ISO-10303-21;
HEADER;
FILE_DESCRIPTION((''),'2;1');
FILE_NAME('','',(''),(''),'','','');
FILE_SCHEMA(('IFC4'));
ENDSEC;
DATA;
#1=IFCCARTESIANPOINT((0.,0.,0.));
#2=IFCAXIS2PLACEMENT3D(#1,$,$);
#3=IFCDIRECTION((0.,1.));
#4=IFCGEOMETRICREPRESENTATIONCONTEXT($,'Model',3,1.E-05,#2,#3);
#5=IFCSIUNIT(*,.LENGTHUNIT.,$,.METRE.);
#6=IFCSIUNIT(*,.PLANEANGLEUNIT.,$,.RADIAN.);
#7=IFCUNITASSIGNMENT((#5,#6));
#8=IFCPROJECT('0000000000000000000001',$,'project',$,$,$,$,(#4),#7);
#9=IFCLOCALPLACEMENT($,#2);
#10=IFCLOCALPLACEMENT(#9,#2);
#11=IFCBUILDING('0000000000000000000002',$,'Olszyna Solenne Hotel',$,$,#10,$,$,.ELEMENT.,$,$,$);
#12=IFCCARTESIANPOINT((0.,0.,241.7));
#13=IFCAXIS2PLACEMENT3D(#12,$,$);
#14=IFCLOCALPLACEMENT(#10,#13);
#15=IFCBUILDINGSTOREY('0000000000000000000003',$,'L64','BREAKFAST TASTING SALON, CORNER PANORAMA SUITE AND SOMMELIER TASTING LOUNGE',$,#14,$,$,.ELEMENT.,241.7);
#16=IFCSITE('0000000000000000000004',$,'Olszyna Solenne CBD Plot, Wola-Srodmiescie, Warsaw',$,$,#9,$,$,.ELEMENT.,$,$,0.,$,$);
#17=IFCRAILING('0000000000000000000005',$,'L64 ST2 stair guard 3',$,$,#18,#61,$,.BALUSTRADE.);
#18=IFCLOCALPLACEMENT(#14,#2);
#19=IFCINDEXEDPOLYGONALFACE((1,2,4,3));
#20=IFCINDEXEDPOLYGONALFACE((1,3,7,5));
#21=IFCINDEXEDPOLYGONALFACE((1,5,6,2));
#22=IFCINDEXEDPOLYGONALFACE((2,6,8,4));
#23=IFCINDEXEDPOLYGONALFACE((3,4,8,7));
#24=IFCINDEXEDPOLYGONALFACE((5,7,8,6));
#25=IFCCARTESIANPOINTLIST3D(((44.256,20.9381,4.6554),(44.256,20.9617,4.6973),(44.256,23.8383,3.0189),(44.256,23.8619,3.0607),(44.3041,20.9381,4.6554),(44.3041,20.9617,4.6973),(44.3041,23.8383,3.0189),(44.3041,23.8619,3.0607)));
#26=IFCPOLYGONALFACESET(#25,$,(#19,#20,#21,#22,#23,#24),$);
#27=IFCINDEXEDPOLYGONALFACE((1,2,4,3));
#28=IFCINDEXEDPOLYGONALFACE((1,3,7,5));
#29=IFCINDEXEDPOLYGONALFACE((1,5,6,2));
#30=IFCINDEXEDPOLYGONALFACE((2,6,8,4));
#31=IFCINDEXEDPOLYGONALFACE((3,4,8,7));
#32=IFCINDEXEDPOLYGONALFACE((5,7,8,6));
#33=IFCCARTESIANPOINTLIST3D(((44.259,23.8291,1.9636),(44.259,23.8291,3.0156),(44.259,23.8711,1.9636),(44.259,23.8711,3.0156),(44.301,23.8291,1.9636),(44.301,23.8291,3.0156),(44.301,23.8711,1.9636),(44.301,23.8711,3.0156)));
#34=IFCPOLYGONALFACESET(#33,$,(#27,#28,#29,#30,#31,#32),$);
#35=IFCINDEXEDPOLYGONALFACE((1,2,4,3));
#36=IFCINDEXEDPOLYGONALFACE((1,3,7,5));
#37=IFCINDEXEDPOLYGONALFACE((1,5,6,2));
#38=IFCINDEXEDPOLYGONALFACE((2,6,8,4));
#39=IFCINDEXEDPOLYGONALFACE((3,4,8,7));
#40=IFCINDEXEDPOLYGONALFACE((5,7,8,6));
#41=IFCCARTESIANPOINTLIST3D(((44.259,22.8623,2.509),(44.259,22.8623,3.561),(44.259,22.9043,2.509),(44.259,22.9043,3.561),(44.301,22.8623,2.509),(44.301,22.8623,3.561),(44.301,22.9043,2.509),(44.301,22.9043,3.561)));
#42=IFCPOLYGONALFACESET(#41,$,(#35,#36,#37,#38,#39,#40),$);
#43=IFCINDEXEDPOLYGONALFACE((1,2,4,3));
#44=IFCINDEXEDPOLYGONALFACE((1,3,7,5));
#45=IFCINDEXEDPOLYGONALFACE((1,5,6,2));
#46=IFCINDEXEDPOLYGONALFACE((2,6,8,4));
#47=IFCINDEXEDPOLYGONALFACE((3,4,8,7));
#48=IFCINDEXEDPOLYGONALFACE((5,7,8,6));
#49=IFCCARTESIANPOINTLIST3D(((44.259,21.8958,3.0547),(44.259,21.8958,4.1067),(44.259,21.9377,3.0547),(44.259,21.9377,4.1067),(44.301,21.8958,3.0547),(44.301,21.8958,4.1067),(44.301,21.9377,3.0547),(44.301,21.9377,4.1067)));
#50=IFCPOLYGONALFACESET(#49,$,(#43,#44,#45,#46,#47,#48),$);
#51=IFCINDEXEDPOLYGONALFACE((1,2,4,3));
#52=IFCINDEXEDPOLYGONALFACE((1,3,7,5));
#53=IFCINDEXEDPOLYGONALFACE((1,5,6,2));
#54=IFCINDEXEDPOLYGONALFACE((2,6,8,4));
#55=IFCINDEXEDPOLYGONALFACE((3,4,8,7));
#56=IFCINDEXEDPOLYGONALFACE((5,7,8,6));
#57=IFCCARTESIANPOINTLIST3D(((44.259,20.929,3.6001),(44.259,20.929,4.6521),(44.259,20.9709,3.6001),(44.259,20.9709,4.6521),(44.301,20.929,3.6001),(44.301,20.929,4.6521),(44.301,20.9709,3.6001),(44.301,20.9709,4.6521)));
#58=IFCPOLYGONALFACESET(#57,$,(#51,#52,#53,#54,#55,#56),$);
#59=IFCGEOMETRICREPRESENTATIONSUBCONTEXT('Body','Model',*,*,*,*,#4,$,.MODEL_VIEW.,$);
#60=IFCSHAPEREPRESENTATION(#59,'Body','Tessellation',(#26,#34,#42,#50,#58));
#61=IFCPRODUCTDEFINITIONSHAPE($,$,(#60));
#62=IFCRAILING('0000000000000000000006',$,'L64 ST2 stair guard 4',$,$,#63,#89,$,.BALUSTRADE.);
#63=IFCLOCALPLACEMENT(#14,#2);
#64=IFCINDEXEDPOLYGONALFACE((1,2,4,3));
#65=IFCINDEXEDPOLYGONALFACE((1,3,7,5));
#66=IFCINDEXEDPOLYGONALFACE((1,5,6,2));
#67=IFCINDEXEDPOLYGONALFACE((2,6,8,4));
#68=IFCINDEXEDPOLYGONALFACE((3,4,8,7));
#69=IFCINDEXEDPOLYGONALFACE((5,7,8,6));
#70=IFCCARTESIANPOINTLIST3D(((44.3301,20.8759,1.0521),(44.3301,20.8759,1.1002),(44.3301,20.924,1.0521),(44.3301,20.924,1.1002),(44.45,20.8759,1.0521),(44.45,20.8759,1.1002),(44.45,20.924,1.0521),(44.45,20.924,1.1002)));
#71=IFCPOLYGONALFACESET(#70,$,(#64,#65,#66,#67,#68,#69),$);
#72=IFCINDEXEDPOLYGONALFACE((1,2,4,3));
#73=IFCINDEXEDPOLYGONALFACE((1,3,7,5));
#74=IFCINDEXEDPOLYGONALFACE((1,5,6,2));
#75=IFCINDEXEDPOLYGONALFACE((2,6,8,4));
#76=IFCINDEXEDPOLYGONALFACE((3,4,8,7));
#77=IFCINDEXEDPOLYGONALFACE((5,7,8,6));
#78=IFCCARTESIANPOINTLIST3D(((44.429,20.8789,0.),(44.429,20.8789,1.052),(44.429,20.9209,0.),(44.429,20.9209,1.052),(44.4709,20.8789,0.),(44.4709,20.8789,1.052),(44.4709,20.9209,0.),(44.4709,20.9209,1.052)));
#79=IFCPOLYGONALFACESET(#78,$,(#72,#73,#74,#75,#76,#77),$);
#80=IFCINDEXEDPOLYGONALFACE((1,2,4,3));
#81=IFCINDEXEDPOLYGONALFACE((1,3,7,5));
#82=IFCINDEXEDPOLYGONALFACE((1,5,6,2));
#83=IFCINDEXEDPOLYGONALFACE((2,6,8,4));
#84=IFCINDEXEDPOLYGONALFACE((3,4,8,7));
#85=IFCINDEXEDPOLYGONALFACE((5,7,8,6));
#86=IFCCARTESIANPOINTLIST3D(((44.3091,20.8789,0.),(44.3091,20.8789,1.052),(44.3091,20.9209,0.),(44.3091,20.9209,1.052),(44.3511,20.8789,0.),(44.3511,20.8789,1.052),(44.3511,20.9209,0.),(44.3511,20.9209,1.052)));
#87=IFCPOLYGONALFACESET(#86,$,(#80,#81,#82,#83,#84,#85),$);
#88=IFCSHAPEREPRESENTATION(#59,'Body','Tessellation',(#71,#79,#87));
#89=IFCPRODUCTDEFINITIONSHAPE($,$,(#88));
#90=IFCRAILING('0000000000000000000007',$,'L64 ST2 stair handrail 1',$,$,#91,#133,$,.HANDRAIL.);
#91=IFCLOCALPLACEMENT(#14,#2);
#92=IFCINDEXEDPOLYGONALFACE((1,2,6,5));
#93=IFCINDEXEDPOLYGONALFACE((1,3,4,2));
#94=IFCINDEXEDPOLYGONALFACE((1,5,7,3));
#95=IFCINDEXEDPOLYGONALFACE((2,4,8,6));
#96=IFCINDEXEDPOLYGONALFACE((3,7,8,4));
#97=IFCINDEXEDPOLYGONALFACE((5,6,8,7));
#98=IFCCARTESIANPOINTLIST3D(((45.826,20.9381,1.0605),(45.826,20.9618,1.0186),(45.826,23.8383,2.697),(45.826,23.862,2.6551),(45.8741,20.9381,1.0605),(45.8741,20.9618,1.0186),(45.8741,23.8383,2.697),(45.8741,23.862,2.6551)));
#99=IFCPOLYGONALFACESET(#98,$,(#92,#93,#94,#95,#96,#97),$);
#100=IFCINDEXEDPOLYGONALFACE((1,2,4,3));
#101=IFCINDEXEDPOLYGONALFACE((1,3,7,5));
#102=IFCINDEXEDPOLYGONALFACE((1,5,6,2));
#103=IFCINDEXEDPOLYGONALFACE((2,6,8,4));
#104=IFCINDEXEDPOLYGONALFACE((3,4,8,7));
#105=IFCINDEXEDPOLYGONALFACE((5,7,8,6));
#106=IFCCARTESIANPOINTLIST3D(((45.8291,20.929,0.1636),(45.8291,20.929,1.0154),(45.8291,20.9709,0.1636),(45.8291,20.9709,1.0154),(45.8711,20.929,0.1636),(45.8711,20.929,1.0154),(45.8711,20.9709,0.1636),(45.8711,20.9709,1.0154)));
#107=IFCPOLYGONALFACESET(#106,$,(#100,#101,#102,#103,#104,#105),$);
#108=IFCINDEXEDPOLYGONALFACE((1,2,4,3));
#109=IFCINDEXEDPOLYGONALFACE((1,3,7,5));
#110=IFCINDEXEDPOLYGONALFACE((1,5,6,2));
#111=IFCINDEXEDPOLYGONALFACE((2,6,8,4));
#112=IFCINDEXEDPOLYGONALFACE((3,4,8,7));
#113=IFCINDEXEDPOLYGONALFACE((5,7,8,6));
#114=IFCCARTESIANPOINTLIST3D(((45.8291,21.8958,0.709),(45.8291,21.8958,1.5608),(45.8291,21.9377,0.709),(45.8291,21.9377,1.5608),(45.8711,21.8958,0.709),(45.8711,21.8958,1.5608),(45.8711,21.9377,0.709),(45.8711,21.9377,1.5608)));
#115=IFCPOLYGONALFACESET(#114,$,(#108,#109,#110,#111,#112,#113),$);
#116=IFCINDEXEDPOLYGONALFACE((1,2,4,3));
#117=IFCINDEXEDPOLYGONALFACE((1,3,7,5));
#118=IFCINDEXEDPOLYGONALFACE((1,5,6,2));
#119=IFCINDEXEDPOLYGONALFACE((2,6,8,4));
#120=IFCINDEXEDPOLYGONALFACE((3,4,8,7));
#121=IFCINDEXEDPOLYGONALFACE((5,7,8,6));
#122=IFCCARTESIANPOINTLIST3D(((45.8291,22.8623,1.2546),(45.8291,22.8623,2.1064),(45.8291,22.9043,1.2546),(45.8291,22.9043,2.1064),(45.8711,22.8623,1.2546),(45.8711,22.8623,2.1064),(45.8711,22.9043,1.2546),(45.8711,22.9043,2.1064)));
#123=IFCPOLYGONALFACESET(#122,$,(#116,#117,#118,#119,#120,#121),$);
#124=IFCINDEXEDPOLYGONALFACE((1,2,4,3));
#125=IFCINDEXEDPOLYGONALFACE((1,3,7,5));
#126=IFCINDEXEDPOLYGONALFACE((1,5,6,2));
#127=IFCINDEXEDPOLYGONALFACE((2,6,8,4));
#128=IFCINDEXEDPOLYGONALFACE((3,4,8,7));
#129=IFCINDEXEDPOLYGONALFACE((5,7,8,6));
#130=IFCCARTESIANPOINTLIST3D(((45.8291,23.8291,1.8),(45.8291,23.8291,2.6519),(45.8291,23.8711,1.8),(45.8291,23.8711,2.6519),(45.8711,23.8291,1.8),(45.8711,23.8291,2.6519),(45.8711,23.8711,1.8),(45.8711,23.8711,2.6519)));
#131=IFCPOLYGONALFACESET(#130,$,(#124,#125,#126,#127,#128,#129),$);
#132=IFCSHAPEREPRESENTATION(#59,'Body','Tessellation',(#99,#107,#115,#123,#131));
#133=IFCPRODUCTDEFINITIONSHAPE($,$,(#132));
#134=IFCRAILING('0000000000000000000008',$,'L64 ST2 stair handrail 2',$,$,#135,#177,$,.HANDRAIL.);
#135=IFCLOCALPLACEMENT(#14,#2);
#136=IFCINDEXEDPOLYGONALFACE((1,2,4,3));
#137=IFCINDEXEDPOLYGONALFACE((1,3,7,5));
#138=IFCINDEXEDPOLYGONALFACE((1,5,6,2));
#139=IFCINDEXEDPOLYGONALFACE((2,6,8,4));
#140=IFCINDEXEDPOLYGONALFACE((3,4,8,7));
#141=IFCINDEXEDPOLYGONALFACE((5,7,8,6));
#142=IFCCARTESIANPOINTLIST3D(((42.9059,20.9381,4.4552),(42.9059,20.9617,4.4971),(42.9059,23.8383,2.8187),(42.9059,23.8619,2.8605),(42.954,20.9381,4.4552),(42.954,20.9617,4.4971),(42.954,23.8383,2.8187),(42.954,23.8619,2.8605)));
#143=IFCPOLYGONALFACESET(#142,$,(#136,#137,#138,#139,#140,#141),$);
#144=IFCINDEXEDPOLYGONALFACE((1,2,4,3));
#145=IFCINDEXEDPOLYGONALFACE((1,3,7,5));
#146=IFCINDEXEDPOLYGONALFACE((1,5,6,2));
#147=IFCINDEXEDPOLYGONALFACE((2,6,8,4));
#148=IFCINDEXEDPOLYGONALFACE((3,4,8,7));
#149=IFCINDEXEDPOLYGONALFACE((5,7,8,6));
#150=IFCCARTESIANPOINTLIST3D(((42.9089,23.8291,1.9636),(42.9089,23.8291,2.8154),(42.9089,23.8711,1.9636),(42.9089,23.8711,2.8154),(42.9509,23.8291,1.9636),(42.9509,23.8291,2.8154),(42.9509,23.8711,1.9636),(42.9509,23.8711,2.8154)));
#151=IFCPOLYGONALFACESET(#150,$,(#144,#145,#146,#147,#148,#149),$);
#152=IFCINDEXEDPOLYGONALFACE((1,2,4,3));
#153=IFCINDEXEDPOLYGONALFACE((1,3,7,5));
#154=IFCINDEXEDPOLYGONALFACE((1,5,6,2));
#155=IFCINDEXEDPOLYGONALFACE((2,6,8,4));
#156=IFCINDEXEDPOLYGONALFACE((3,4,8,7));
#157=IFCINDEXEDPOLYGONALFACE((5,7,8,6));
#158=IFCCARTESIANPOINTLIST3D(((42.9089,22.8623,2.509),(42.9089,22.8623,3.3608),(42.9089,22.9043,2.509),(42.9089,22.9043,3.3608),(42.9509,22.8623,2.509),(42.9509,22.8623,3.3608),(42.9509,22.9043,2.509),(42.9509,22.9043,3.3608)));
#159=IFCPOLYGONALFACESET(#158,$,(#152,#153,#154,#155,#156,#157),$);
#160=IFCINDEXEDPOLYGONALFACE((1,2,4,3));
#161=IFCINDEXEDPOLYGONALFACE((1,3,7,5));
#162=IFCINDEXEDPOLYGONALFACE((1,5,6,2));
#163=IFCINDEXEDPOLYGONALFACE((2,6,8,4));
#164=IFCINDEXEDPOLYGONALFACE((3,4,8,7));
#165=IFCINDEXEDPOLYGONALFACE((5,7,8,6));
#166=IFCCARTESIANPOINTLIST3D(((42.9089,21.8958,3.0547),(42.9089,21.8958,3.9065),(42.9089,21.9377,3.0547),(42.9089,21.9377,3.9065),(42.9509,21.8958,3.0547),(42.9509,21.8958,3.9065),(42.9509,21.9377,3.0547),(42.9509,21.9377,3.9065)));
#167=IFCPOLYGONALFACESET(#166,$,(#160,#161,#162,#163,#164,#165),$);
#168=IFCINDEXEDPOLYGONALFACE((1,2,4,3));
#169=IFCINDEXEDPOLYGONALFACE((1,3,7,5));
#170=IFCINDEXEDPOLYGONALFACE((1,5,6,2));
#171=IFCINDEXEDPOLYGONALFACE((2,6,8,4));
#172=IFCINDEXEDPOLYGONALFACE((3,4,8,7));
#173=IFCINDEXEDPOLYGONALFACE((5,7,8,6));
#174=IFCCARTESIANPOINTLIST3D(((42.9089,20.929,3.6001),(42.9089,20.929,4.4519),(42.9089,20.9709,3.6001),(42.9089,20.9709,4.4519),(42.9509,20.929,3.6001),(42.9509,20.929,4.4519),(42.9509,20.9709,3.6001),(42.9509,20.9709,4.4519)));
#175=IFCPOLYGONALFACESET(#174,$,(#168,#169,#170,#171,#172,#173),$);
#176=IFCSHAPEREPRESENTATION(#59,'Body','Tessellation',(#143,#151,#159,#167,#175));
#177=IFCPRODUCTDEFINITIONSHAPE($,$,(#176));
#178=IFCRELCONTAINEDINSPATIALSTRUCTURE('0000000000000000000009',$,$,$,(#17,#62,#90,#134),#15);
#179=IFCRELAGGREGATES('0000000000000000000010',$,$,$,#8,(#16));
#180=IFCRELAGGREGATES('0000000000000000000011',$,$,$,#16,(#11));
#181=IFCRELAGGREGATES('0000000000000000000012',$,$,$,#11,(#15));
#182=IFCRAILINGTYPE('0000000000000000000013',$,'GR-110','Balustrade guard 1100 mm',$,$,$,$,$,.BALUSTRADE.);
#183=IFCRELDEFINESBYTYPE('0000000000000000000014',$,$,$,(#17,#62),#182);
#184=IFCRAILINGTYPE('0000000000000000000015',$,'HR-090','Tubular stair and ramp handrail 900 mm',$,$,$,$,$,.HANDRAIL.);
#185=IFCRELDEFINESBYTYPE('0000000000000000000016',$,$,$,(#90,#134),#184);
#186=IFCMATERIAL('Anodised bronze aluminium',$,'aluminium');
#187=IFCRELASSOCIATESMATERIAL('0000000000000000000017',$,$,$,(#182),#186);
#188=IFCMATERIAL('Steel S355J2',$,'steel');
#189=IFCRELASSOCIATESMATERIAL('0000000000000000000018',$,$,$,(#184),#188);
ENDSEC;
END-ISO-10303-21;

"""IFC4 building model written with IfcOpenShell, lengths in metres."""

from ifc_helpers import new_model, si_unit, direction, frame, origin, origin_2d, place, context, subcontext, project, spatial, rectangle, extrude, material, type_object, element, save


model = new_model("IFC4")

# Units and contexts
model_context = context("Model", 3, precision=1e-05, world=origin(), true_north=direction((0.0, 1.0)))
body_context = subcontext(model_context, "Body", "Model", "MODEL_VIEW")
ifc_project = project(units=[si_unit("LENGTHUNIT", "METRE"), si_unit("PLANEANGLEUNIT", "RADIAN")], contexts=[model_context])

# Site, building, storey
site_placement = place(None, origin())
site = spatial("IfcSite", under=ifc_project, at=site_placement, Name="Olszyna Solenne CBD Plot, Wola-Srodmiescie, Warsaw", CompositionType="ELEMENT", RefElevation=0.0)
building_placement = place(site_placement, origin())
building = spatial("IfcBuilding", under=site, at=building_placement, Name="Olszyna Solenne Hotel", CompositionType="ELEMENT")
storey_placement = place(building_placement, frame((0.0, 0.0, 241.7)))
storey = spatial("IfcBuildingStorey", under=building, at=storey_placement, Name="L64", Description="BREAKFAST TASTING SALON, CORNER PANORAMA SUITE AND SOMMELIER TASTING LOUNGE", CompositionType="ELEMENT", Elevation=241.7)

# Shared definitions
ifc_material_1 = material(Name="Steel S355J2", Category="steel")

# Shared definitions
ifc_material_2 = material(Name="Anodised bronze aluminium", Category="aluminium")

# Railings
railing_type_1 = type_object("IfcRailingType", Name="GR-110", Description="Balustrade guard 1100 mm", PredefinedType="BALUSTRADE", material=ifc_material_2)
railing_1_placement = place(storey_placement, frame((44.28, 23.8501, 1.9636)))
element("IfcRailing", 1, at=railing_1_placement, inside=storey, type_object=railing_type_1, Name="L64 ST2 stair guard 3", PredefinedType="BALUSTRADE", context=body_context, shape_type="SweptSolid", body=[
    extrude(rectangle(XDim=0.0481, YDim=0.0481, at=origin_2d()), frame((0.0, 0.0, 1.0762), z_axis=(0.0, -0.870915, 0.491434), x_axis=(1.0, 0.0, 0.0)), (0.0, 0.0, 1.0), 3.3301),
    extrude(rectangle(XDim=0.042, YDim=0.042, at=origin_2d()), origin(), (0.0, 0.0, 1.0), 1.052),
    extrude(rectangle(XDim=0.042, YDim=0.042, at=origin_2d()), frame((0.0, -0.9668, 0.5454)), (0.0, 0.0, 1.0), 1.052),
    extrude(rectangle(XDim=0.042, YDim=0.042, at=origin_2d()), frame((0.0, -1.9333, 1.0911)), (0.0, 0.0, 1.0), 1.052),
    extrude(rectangle(XDim=0.042, YDim=0.042, at=origin_2d()), frame((0.0, -2.9001, 1.6365)), (0.0, 0.0, 1.0), 1.052),
])
railing_2_placement = place(storey_placement, frame((44.45, 20.8999, 0.0)))
element("IfcRailing", 2, at=railing_2_placement, inside=storey, type_object=railing_type_1, Name="L64 ST2 stair guard 4", PredefinedType="BALUSTRADE", context=body_context, shape_type="SweptSolid", body=[
    extrude(rectangle(XDim=0.0481, YDim=0.0481, at=origin_2d()), frame((0.0, 0.0, 1.0762), z_axis=(-1.0, 0.0, 0.0), x_axis=(0.0, -1.0, 0.0)), (0.0, 0.0, 1.0), 0.1199),
    extrude(rectangle(XDim=0.042, YDim=0.042, at=origin_2d()), origin(), (0.0, 0.0, 1.0), 1.052),
    extrude(rectangle(XDim=0.042, YDim=0.042, at=origin_2d()), frame((-0.1199, 0.0, 0.0)), (0.0, 0.0, 1.0), 1.052),
])
railing_type_2 = type_object("IfcRailingType", Name="HR-090", Description="Tubular stair and ramp handrail 900 mm", PredefinedType="HANDRAIL", material=ifc_material_1)
railing_3_placement = place(storey_placement, frame((45.8501, 20.95, 0.1636)))
element("IfcRailing", 3, at=railing_3_placement, inside=storey, type_object=railing_type_2, Name="L64 ST2 stair handrail 1", PredefinedType="HANDRAIL", context=body_context, shape_type="SweptSolid", body=[
    extrude(rectangle(XDim=0.0481, YDim=0.0481, at=origin_2d()), frame((0.0, 0.0, 0.876), z_axis=(0.0, 0.870915, 0.491434), x_axis=(-1.0, 0.0, 0.0)), (0.0, 0.0, 1.0), 3.3301),
    extrude(rectangle(XDim=0.042, YDim=0.042, at=origin_2d()), origin(), (0.0, 0.0, 1.0), 0.8518),
    extrude(rectangle(XDim=0.042, YDim=0.042, at=origin_2d()), frame((0.0, 0.9668, 0.5454)), (0.0, 0.0, 1.0), 0.8518),
    extrude(rectangle(XDim=0.042, YDim=0.042, at=origin_2d()), frame((0.0, 1.9333, 1.0911)), (0.0, 0.0, 1.0), 0.8518),
    extrude(rectangle(XDim=0.042, YDim=0.042, at=origin_2d()), frame((0.0, 2.9001, 1.6365)), (0.0, 0.0, 1.0), 0.8518),
])
railing_4_placement = place(storey_placement, frame((42.9299, 23.8501, 1.9636)))
element("IfcRailing", 4, at=railing_4_placement, inside=storey, type_object=railing_type_2, Name="L64 ST2 stair handrail 2", PredefinedType="HANDRAIL", context=body_context, shape_type="SweptSolid", body=[
    extrude(rectangle(XDim=0.0481, YDim=0.0481, at=origin_2d()), frame((0.0, 0.0, 0.876), z_axis=(0.0, -0.870915, 0.491434), x_axis=(1.0, 0.0, 0.0)), (0.0, 0.0, 1.0), 3.3301),
    extrude(rectangle(XDim=0.042, YDim=0.042, at=origin_2d()), origin(), (0.0, 0.0, 1.0), 0.8518),
    extrude(rectangle(XDim=0.042, YDim=0.042, at=origin_2d()), frame((0.0, -0.9668, 0.5454)), (0.0, 0.0, 1.0), 0.8518),
    extrude(rectangle(XDim=0.042, YDim=0.042, at=origin_2d()), frame((0.0, -1.9333, 1.0911)), (0.0, 0.0, 1.0), 0.8518),
    extrude(rectangle(XDim=0.042, YDim=0.042, at=origin_2d()), frame((0.0, -2.9001, 1.6365)), (0.0, 0.0, 1.0), 0.8518),
])

save(model, "model.ifc")
